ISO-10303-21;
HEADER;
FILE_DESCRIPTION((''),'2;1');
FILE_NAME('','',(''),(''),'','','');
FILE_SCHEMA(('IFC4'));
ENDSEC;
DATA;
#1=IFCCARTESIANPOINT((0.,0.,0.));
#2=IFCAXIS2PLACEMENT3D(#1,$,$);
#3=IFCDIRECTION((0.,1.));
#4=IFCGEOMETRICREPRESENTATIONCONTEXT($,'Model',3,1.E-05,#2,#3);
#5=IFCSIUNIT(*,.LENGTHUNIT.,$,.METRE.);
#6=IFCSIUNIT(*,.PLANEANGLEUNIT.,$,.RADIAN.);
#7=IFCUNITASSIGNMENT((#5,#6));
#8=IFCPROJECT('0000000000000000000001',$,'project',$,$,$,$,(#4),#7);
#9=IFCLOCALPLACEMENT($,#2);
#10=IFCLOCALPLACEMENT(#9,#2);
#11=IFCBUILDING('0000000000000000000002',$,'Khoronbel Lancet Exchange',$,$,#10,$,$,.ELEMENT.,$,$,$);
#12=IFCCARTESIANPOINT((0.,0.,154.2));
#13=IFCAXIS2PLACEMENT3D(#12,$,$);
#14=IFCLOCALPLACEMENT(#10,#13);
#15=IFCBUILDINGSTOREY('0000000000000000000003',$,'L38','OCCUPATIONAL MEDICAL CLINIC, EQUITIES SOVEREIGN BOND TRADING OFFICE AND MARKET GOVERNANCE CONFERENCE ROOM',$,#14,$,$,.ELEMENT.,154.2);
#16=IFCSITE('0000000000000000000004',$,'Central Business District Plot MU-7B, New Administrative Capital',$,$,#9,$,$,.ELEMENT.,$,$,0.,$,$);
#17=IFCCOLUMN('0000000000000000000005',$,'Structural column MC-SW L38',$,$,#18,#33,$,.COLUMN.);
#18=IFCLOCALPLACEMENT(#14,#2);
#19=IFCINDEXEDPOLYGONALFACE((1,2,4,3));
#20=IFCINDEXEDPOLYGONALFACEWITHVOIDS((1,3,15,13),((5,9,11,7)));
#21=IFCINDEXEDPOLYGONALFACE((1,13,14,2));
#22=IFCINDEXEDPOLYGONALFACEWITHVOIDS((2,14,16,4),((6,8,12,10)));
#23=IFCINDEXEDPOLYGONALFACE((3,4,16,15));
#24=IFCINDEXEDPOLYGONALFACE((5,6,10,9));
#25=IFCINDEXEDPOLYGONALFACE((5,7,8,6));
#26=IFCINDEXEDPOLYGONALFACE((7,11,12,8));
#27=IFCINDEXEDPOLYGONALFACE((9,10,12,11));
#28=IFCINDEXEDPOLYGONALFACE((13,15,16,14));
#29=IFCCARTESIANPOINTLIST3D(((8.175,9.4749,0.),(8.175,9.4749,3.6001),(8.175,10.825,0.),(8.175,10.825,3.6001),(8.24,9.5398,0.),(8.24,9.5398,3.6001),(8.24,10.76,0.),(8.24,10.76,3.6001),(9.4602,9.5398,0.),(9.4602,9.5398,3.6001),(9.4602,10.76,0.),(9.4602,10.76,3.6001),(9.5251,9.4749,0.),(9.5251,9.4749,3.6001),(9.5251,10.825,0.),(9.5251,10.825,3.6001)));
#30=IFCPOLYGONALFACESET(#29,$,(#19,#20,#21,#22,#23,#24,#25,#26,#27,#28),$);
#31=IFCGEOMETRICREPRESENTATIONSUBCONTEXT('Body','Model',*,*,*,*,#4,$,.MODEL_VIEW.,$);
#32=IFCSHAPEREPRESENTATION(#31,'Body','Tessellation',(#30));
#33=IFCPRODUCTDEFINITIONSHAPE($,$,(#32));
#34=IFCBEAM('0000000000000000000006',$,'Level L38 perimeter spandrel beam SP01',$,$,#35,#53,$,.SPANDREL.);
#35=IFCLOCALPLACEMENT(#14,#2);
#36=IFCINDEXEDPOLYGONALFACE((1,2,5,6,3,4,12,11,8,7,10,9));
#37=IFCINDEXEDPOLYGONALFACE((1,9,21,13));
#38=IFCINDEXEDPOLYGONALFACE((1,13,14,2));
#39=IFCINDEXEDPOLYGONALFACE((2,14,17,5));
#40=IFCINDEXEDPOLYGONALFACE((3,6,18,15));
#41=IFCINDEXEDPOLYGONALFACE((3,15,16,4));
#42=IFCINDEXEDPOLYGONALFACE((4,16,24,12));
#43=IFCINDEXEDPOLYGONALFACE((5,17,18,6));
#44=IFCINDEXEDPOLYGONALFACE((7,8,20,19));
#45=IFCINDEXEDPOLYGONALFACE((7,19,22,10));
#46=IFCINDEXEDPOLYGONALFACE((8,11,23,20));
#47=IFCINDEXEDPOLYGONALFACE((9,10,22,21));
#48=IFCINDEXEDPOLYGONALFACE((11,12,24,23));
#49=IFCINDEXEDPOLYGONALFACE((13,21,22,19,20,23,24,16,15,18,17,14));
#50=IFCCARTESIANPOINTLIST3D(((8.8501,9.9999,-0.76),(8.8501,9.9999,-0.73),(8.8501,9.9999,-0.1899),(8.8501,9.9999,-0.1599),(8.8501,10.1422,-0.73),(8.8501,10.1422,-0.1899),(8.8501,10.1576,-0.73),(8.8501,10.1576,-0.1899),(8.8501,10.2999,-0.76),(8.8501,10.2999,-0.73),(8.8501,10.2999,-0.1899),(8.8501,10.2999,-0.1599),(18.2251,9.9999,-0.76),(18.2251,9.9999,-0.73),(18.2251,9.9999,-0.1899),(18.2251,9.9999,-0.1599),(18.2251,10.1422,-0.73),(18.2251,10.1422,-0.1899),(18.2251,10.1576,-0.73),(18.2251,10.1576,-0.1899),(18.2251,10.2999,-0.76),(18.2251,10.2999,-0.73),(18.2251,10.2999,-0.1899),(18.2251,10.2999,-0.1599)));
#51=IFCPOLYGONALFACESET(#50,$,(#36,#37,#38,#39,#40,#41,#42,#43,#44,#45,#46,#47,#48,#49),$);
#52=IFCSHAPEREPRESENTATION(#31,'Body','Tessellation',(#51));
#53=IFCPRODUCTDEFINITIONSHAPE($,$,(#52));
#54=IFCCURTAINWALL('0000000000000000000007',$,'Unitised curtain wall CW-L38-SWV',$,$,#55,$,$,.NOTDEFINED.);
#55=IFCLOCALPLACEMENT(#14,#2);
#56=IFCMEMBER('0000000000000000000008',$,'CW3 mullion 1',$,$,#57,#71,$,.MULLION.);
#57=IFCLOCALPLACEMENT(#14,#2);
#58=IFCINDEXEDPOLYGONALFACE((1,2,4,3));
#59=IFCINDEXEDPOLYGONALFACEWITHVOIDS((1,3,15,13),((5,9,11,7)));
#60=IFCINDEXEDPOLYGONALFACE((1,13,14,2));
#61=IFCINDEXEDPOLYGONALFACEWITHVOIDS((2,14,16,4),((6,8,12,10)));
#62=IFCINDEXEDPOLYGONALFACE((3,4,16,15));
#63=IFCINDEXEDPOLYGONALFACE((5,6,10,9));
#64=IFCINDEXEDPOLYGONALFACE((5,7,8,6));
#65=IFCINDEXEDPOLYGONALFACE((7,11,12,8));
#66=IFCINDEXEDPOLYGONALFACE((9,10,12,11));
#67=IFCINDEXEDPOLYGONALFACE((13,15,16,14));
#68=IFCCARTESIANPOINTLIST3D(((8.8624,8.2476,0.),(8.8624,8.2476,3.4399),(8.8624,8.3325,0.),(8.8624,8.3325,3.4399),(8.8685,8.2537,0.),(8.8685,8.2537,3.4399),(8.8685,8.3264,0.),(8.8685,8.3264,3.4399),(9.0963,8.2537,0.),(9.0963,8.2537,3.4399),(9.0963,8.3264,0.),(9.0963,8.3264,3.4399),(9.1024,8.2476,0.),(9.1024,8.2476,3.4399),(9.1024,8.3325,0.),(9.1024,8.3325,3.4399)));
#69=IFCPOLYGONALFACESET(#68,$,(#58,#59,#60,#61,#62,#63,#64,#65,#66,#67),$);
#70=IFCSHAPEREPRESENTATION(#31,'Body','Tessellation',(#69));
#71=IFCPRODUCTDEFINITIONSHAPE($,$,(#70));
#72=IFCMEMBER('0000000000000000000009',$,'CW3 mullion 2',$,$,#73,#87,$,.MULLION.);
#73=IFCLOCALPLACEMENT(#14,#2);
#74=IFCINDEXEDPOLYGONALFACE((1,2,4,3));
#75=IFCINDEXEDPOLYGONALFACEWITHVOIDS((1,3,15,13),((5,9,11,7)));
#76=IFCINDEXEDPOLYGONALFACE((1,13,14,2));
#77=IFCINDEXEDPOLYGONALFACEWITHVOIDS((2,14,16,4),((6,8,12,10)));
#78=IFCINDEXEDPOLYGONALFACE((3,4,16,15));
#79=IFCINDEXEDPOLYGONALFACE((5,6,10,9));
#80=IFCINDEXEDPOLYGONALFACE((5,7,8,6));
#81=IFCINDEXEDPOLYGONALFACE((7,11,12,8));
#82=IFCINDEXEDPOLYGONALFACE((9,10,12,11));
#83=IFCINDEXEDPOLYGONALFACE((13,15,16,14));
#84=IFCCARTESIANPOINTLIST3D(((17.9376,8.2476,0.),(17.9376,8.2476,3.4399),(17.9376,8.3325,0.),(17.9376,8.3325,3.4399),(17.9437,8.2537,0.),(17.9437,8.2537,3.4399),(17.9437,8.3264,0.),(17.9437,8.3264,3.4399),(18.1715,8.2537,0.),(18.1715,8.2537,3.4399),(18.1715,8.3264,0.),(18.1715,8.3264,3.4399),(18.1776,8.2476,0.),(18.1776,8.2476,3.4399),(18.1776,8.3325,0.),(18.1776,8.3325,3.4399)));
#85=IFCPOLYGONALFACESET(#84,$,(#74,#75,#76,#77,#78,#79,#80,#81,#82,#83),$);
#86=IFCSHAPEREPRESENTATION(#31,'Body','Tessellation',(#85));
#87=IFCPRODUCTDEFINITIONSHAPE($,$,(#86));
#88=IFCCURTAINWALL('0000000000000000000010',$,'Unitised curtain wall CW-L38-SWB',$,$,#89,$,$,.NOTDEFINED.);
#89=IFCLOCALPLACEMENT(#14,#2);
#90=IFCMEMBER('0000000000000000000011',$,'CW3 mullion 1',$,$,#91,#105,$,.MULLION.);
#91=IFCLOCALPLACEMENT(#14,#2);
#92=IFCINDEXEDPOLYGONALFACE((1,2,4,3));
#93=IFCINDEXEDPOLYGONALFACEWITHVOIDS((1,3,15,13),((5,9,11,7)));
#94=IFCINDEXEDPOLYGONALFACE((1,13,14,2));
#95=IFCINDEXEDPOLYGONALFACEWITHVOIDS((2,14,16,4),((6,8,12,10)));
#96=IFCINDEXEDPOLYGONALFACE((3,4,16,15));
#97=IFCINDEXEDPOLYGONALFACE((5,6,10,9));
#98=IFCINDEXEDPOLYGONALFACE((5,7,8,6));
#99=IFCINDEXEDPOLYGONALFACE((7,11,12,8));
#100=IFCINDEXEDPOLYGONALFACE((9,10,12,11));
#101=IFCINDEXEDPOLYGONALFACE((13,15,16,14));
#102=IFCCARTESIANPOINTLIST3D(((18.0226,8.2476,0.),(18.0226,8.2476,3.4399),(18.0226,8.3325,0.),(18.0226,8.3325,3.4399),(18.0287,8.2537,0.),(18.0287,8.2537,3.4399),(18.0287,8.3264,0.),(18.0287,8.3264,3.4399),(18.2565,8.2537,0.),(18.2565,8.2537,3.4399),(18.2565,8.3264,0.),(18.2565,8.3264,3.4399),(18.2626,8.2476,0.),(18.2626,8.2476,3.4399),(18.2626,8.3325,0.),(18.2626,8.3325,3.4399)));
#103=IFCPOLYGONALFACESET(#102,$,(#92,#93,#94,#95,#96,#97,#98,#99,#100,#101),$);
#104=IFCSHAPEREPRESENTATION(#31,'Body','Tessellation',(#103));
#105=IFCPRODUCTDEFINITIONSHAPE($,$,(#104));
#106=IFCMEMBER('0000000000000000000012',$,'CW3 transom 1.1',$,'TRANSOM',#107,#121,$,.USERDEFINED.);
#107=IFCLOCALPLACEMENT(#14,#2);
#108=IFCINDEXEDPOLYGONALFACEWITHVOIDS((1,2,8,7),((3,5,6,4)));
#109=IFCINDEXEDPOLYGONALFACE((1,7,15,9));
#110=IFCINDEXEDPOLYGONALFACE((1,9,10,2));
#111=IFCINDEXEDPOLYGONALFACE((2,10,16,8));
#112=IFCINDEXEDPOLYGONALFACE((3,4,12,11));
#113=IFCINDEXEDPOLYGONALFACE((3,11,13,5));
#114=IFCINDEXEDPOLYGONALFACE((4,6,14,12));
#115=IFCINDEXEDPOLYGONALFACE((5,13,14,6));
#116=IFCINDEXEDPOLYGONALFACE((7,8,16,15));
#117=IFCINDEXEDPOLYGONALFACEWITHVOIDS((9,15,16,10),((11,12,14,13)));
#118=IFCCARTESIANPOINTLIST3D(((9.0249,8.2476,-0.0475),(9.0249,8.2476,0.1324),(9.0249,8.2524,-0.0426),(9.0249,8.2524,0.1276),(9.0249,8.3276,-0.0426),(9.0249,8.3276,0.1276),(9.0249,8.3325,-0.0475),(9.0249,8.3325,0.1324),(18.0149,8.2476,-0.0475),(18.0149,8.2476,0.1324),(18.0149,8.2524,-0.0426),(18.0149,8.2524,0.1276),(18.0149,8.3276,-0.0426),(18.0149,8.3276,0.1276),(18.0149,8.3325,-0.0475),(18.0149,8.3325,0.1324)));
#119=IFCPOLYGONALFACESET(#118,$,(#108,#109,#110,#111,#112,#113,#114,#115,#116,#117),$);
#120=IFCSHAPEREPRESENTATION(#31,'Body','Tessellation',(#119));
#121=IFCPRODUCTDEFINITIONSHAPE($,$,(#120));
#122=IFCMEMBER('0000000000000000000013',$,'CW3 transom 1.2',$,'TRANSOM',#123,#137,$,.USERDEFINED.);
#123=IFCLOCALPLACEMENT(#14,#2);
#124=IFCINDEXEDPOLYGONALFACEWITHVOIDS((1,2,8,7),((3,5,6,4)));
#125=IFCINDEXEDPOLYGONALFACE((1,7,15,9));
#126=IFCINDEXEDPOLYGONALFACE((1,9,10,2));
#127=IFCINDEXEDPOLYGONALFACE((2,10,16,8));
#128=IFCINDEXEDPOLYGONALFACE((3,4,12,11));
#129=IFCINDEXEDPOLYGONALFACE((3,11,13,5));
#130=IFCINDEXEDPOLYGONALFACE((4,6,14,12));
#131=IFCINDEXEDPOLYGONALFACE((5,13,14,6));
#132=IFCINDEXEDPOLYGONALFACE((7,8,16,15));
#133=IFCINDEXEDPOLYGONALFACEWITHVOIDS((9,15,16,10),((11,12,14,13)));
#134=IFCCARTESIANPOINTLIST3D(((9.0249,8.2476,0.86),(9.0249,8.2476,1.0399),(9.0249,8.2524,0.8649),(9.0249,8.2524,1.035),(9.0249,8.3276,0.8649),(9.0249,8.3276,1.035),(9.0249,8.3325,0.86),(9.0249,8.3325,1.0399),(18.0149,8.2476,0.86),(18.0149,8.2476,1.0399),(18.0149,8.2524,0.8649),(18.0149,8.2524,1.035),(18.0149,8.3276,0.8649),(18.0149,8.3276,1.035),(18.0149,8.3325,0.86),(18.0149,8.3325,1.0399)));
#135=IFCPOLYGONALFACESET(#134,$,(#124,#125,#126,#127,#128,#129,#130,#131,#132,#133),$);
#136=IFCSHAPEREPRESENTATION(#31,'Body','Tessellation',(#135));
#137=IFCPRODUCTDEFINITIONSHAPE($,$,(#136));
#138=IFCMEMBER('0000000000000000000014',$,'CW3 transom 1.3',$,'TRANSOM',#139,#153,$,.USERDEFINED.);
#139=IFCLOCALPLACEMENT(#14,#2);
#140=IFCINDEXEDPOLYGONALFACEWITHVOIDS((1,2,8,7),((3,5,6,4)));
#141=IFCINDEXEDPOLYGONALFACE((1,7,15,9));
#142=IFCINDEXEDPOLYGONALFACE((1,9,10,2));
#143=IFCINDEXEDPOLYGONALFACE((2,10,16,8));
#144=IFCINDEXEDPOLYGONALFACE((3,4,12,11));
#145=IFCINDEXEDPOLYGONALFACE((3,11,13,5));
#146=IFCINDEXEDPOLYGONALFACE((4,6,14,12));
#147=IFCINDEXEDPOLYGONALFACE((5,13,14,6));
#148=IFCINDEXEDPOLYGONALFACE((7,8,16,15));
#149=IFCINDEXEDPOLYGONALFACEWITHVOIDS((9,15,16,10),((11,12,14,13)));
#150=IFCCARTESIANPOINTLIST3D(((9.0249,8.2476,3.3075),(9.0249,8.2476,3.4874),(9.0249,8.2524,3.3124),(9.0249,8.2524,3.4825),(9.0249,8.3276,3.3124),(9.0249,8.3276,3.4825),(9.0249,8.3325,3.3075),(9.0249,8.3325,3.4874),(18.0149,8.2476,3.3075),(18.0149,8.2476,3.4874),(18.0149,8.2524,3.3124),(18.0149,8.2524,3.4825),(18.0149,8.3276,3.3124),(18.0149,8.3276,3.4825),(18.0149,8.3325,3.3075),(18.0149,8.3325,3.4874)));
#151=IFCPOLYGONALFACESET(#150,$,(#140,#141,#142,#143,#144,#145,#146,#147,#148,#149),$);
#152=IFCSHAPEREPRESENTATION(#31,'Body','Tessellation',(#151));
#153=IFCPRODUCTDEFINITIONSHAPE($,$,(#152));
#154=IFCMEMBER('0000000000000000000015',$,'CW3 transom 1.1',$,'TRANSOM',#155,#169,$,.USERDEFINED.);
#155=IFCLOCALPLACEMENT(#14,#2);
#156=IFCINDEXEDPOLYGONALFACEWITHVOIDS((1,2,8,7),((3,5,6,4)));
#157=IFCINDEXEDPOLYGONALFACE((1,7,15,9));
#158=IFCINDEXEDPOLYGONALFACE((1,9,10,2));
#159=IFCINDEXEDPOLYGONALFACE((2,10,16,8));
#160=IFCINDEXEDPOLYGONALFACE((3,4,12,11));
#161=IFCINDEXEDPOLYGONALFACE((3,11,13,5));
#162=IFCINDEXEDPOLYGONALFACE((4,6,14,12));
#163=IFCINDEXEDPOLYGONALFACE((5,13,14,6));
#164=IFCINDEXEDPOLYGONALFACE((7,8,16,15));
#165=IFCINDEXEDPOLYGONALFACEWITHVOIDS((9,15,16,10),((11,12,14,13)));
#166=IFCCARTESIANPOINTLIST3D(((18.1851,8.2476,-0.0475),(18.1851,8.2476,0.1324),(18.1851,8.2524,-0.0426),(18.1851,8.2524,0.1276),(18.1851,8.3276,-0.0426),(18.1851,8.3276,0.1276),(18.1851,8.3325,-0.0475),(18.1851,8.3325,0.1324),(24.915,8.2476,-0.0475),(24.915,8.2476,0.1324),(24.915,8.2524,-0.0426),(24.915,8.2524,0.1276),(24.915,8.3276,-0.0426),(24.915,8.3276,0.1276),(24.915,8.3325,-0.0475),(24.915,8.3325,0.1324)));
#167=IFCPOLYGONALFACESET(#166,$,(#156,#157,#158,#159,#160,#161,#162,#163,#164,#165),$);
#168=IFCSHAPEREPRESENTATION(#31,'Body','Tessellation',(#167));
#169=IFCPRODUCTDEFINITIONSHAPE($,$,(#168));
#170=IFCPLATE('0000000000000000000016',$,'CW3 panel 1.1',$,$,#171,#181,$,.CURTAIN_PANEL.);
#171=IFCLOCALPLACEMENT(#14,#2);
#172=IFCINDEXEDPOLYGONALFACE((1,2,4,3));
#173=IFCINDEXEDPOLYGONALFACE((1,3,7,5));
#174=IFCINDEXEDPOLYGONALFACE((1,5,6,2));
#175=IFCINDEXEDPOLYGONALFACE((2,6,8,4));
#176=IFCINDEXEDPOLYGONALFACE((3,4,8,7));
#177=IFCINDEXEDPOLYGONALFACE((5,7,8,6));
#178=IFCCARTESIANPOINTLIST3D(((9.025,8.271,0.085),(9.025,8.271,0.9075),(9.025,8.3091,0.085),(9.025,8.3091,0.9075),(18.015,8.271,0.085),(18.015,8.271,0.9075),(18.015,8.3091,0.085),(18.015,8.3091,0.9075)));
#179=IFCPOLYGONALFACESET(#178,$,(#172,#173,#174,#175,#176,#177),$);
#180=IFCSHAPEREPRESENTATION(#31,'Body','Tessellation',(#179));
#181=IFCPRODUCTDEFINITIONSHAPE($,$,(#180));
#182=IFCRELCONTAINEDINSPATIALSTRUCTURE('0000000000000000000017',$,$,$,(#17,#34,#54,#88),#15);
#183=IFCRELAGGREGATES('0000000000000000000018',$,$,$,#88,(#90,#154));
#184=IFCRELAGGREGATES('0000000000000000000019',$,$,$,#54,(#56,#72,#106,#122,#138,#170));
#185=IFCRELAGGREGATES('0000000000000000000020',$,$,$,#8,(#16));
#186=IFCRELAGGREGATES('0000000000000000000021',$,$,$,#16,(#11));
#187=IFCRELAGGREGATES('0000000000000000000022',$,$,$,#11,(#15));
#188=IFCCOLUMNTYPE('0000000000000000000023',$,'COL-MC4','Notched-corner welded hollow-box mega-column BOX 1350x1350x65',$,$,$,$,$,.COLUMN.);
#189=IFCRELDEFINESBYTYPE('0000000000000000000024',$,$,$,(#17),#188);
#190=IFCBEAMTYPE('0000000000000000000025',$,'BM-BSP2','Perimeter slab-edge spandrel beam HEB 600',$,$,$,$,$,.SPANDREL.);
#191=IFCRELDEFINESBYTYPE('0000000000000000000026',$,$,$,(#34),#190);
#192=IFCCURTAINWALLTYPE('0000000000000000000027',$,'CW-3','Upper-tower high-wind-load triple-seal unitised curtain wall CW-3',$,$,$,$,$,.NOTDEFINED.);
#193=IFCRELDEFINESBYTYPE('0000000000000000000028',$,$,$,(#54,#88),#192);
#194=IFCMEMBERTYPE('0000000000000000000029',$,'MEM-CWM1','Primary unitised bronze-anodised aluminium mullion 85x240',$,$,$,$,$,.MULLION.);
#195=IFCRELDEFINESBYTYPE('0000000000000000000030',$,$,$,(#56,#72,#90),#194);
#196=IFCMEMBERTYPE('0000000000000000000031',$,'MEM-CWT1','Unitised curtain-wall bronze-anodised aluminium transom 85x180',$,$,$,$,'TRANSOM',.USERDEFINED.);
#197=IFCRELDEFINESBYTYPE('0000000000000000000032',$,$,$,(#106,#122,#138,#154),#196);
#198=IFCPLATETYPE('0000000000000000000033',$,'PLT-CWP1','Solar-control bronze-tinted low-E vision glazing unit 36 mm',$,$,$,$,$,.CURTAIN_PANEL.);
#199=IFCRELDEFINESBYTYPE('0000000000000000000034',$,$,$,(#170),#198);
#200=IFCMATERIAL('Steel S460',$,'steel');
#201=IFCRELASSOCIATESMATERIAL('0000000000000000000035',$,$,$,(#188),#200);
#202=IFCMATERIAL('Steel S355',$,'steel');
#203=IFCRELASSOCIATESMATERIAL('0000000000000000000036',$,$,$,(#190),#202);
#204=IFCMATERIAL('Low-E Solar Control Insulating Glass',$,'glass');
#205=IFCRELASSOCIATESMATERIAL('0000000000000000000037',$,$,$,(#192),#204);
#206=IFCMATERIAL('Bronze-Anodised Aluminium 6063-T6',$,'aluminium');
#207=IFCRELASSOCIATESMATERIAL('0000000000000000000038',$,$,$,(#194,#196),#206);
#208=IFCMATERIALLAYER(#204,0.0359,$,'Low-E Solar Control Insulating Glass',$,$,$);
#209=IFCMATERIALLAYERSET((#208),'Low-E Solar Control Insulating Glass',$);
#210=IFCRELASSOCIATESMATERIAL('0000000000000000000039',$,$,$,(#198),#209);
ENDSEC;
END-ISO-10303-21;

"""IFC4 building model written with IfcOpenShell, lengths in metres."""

from ifc_helpers import new_model, si_unit, direction, frame, origin, origin_2d, place, context, subcontext, project, spatial, rectangle, hollow_rectangle, i_section, extrude, material, layer, layer_set, material_profile, profile_set, type_object, element, aggregate, save


model = new_model("IFC4")

# Units and contexts
model_context = context("Model", 3, precision=1e-05, world=origin(), true_north=direction((0.0, 1.0)))
body_context = subcontext(model_context, "Body", "Model", "MODEL_VIEW")
ifc_project = project(units=[si_unit("LENGTHUNIT", "METRE"), si_unit("PLANEANGLEUNIT", "RADIAN")], contexts=[model_context])

# Site, building, storey
site_placement = place(None, origin())
site = spatial("IfcSite", under=ifc_project, at=site_placement, Name="Central Business District Plot MU-7B, New Administrative Capital", CompositionType="ELEMENT", RefElevation=0.0)
building_placement = place(site_placement, origin())
building = spatial("IfcBuilding", under=site, at=building_placement, Name="Khoronbel Lancet Exchange", CompositionType="ELEMENT")
storey_placement = place(building_placement, frame((0.0, 0.0, 154.2)))
storey = spatial("IfcBuildingStorey", under=building, at=storey_placement, Name="L38", Description="OCCUPATIONAL MEDICAL CLINIC, EQUITIES SOVEREIGN BOND TRADING OFFICE AND MARKET GOVERNANCE CONFERENCE ROOM", CompositionType="ELEMENT", Elevation=154.2)

# Column
ifc_material_1 = material(Name="Steel S460", Category="steel")
ifc_material_profile_1 = material_profile(ifc_material_1, hollow_rectangle(XDim=1.3501, YDim=1.3501, WallThickness=0.0649, at=origin_2d()), Name="BOX 1350x1350x65")
ifc_profile_set_1 = profile_set([ifc_material_profile_1], Name="Steel S460")
column_type = type_object("IfcColumnType", Name="COL-MC4", Description="Notched-corner welded hollow-box mega-column BOX 1350x1350x65", PredefinedType="COLUMN", material=ifc_profile_set_1)
column_placement = place(storey_placement, frame((8.8501, 10.1499, 0.0), z_axis=(0.0, 0.0, 1.0), x_axis=(1.0, 0.0, 0.0)))
element("IfcColumn", 1, at=column_placement, inside=storey, type_object=column_type, Name="Structural column MC-SW L38", PredefinedType="COLUMN", context=body_context, shape_type="SweptSolid", body=[
    extrude(hollow_rectangle(XDim=1.3501, YDim=1.3501, WallThickness=0.0649, at=origin_2d()), origin(), (0.0, 0.0, 1.0), 3.6001),
])

# Beam
ifc_material_2 = material(Name="Steel S355", Category="steel")
ifc_material_profile_2 = material_profile(ifc_material_2, i_section(OverallWidth=0.3, OverallDepth=0.6001, WebThickness=0.0154, FlangeThickness=0.03, at=origin_2d()), Name="HEB 600")
ifc_profile_set_2 = profile_set([ifc_material_profile_2], Name="Steel S355")
beam_type = type_object("IfcBeamType", Name="BM-BSP2", Description="Perimeter slab-edge spandrel beam HEB 600", PredefinedType="SPANDREL", material=ifc_profile_set_2)
beam_placement = place(storey_placement, frame((8.8501, 10.1499, -0.46), z_axis=(1.0, 0.0, 0.0), x_axis=(0.0, 1.0, 0.0)))
element("IfcBeam", 2, at=beam_placement, inside=storey, type_object=beam_type, Name="Level L38 perimeter spandrel beam SP01", PredefinedType="SPANDREL", context=body_context, shape_type="SweptSolid", body=[
    extrude(i_section(OverallWidth=0.3, OverallDepth=0.6001, WebThickness=0.0154, FlangeThickness=0.03, at=origin_2d()), origin(), (0.0, 0.0, 1.0), 9.375),
])

# Curtain wall, members
ifc_material_3 = material(Name="Low-E Solar Control Insulating Glass", Category="glass")
curtain_wall_type = type_object("IfcCurtainWallType", Name="CW-3", Description="Upper-tower high-wind-load triple-seal unitised curtain wall CW-3", PredefinedType="NOTDEFINED", material=ifc_material_3)
curtain_wall_1_placement = place(storey_placement, origin())
curtain_wall_1 = element("IfcCurtainWall", 3, at=curtain_wall_1_placement, inside=storey, type_object=curtain_wall_type, Name="Unitised curtain wall CW-L38-SWV", PredefinedType="NOTDEFINED")
ifc_material_4 = material(Name="Bronze-Anodised Aluminium 6063-T6", Category="aluminium")
ifc_material_profile_3 = material_profile(ifc_material_4, hollow_rectangle(XDim=0.085, YDim=0.24, WallThickness=0.0061, at=origin_2d()), Name="ALU MULLION 85x240")
ifc_profile_set_3 = profile_set([ifc_material_profile_3], Name="Bronze-Anodised Aluminium 6063-T6")
member_type_1 = type_object("IfcMemberType", Name="MEM-CWM1", Description="Primary unitised bronze-anodised aluminium mullion 85x240", PredefinedType="MULLION", material=ifc_profile_set_3)
member_1_placement = place(storey_placement, frame((8.9824, 8.29, 0.0), z_axis=(0.0, 0.0, 1.0), x_axis=(0.0, 1.0, 0.0)))
member_1 = element("IfcMember", 4, at=member_1_placement, type_object=member_type_1, Name="CW3 mullion 1", PredefinedType="MULLION", context=body_context, shape_type="SweptSolid", body=[
    extrude(hollow_rectangle(XDim=0.085, YDim=0.24, WallThickness=0.0061, at=origin_2d()), origin(), (0.0, 0.0, 1.0), 3.4399),
])
member_2_placement = place(storey_placement, frame((18.0576, 8.29, 0.0), z_axis=(0.0, 0.0, 1.0), x_axis=(0.0, 1.0, 0.0)))
member_2 = element("IfcMember", 5, at=member_2_placement, type_object=member_type_1, Name="CW3 mullion 2", PredefinedType="MULLION", context=body_context, shape_type="SweptSolid", body=[
    extrude(hollow_rectangle(XDim=0.085, YDim=0.24, WallThickness=0.0061, at=origin_2d()), origin(), (0.0, 0.0, 1.0), 3.4399),
])

# Curtain wall, member
curtain_wall_2_placement = place(storey_placement, origin())
curtain_wall_2 = element("IfcCurtainWall", 6, at=curtain_wall_2_placement, inside=storey, type_object=curtain_wall_type, Name="Unitised curtain wall CW-L38-SWB", PredefinedType="NOTDEFINED")
member_3_placement = place(storey_placement, frame((18.1426, 8.29, 0.0), z_axis=(0.0, 0.0, 1.0), x_axis=(0.0, 1.0, 0.0)))
member_3 = element("IfcMember", 7, at=member_3_placement, type_object=member_type_1, Name="CW3 mullion 1", PredefinedType="MULLION", context=body_context, shape_type="SweptSolid", body=[
    extrude(hollow_rectangle(XDim=0.085, YDim=0.24, WallThickness=0.0061, at=origin_2d()), origin(), (0.0, 0.0, 1.0), 3.4399),
])

# Members
ifc_material_profile_4 = material_profile(ifc_material_4, hollow_rectangle(XDim=0.085, YDim=0.1799, WallThickness=0.0049, at=origin_2d()), Name="ALU TRANSOM 85x180")
ifc_profile_set_4 = profile_set([ifc_material_profile_4], Name="Bronze-Anodised Aluminium 6063-T6")
member_type_2 = type_object("IfcMemberType", Name="MEM-CWT1", Description="Unitised curtain-wall bronze-anodised aluminium transom 85x180", ElementType="TRANSOM", PredefinedType="USERDEFINED", material=ifc_profile_set_4)
member_4_placement = place(storey_placement, frame((9.0249, 8.29, 0.0425), z_axis=(1.0, 0.0, 0.0), x_axis=(0.0, 1.0, 0.0)))
member_4 = element("IfcMember", 8, at=member_4_placement, type_object=member_type_2, Name="CW3 transom 1.1", ObjectType="TRANSOM", PredefinedType="USERDEFINED", context=body_context, shape_type="SweptSolid", body=[
    extrude(hollow_rectangle(XDim=0.085, YDim=0.1799, WallThickness=0.0049, at=origin_2d()), origin(), (0.0, 0.0, 1.0), 8.99),
])
member_5_placement = place(storey_placement, frame((9.0249, 8.29, 0.95), z_axis=(1.0, 0.0, 0.0), x_axis=(0.0, 1.0, 0.0)))
member_5 = element("IfcMember", 9, at=member_5_placement, type_object=member_type_2, Name="CW3 transom 1.2", ObjectType="TRANSOM", PredefinedType="USERDEFINED", context=body_context, shape_type="SweptSolid", body=[
    extrude(hollow_rectangle(XDim=0.085, YDim=0.1799, WallThickness=0.0049, at=origin_2d()), origin(), (0.0, 0.0, 1.0), 8.99),
])
member_6_placement = place(storey_placement, frame((9.0249, 8.29, 3.3975), z_axis=(1.0, 0.0, 0.0), x_axis=(0.0, 1.0, 0.0)))
member_6 = element("IfcMember", 10, at=member_6_placement, type_object=member_type_2, Name="CW3 transom 1.3", ObjectType="TRANSOM", PredefinedType="USERDEFINED", context=body_context, shape_type="SweptSolid", body=[
    extrude(hollow_rectangle(XDim=0.085, YDim=0.1799, WallThickness=0.0049, at=origin_2d()), origin(), (0.0, 0.0, 1.0), 8.99),
])
member_7_placement = place(storey_placement, frame((18.1851, 8.29, 0.0425), z_axis=(1.0, 0.0, 0.0), x_axis=(0.0, 1.0, 0.0)))
member_7 = element("IfcMember", 11, at=member_7_placement, type_object=member_type_2, Name="CW3 transom 1.1", ObjectType="TRANSOM", PredefinedType="USERDEFINED", context=body_context, shape_type="SweptSolid", body=[
    extrude(hollow_rectangle(XDim=0.085, YDim=0.1799, WallThickness=0.0049, at=origin_2d()), origin(), (0.0, 0.0, 1.0), 6.73),
])
aggregate(curtain_wall_2, [member_3, member_7])

# Plate
ifc_layer_1 = layer(ifc_material_3, 0.0359, Name="Low-E Solar Control Insulating Glass")
ifc_layer_set_1 = layer_set([ifc_layer_1], Name="Low-E Solar Control Insulating Glass")
plate_type = type_object("IfcPlateType", Name="PLT-CWP1", Description="Solar-control bronze-tinted low-E vision glazing unit 36 mm", PredefinedType="CURTAIN_PANEL", material=ifc_layer_set_1)
plate_1_placement = place(storey_placement, frame((13.52, 8.29, 0.085), z_axis=(0.0, 0.0, 1.0), x_axis=(1.0, 0.0, 0.0)))
plate_1 = element("IfcPlate", 12, at=plate_1_placement, type_object=plate_type, Name="CW3 panel 1.1", PredefinedType="CURTAIN_PANEL", context=body_context, shape_type="SweptSolid", body=[
    extrude(rectangle(XDim=8.99, YDim=0.0381, at=origin_2d()), origin(), (0.0, 0.0, 1.0), 0.8225),
])
aggregate(curtain_wall_1, [member_1, member_2, member_4, member_5, member_6, plate_1])

save(model, "model.ifc")
